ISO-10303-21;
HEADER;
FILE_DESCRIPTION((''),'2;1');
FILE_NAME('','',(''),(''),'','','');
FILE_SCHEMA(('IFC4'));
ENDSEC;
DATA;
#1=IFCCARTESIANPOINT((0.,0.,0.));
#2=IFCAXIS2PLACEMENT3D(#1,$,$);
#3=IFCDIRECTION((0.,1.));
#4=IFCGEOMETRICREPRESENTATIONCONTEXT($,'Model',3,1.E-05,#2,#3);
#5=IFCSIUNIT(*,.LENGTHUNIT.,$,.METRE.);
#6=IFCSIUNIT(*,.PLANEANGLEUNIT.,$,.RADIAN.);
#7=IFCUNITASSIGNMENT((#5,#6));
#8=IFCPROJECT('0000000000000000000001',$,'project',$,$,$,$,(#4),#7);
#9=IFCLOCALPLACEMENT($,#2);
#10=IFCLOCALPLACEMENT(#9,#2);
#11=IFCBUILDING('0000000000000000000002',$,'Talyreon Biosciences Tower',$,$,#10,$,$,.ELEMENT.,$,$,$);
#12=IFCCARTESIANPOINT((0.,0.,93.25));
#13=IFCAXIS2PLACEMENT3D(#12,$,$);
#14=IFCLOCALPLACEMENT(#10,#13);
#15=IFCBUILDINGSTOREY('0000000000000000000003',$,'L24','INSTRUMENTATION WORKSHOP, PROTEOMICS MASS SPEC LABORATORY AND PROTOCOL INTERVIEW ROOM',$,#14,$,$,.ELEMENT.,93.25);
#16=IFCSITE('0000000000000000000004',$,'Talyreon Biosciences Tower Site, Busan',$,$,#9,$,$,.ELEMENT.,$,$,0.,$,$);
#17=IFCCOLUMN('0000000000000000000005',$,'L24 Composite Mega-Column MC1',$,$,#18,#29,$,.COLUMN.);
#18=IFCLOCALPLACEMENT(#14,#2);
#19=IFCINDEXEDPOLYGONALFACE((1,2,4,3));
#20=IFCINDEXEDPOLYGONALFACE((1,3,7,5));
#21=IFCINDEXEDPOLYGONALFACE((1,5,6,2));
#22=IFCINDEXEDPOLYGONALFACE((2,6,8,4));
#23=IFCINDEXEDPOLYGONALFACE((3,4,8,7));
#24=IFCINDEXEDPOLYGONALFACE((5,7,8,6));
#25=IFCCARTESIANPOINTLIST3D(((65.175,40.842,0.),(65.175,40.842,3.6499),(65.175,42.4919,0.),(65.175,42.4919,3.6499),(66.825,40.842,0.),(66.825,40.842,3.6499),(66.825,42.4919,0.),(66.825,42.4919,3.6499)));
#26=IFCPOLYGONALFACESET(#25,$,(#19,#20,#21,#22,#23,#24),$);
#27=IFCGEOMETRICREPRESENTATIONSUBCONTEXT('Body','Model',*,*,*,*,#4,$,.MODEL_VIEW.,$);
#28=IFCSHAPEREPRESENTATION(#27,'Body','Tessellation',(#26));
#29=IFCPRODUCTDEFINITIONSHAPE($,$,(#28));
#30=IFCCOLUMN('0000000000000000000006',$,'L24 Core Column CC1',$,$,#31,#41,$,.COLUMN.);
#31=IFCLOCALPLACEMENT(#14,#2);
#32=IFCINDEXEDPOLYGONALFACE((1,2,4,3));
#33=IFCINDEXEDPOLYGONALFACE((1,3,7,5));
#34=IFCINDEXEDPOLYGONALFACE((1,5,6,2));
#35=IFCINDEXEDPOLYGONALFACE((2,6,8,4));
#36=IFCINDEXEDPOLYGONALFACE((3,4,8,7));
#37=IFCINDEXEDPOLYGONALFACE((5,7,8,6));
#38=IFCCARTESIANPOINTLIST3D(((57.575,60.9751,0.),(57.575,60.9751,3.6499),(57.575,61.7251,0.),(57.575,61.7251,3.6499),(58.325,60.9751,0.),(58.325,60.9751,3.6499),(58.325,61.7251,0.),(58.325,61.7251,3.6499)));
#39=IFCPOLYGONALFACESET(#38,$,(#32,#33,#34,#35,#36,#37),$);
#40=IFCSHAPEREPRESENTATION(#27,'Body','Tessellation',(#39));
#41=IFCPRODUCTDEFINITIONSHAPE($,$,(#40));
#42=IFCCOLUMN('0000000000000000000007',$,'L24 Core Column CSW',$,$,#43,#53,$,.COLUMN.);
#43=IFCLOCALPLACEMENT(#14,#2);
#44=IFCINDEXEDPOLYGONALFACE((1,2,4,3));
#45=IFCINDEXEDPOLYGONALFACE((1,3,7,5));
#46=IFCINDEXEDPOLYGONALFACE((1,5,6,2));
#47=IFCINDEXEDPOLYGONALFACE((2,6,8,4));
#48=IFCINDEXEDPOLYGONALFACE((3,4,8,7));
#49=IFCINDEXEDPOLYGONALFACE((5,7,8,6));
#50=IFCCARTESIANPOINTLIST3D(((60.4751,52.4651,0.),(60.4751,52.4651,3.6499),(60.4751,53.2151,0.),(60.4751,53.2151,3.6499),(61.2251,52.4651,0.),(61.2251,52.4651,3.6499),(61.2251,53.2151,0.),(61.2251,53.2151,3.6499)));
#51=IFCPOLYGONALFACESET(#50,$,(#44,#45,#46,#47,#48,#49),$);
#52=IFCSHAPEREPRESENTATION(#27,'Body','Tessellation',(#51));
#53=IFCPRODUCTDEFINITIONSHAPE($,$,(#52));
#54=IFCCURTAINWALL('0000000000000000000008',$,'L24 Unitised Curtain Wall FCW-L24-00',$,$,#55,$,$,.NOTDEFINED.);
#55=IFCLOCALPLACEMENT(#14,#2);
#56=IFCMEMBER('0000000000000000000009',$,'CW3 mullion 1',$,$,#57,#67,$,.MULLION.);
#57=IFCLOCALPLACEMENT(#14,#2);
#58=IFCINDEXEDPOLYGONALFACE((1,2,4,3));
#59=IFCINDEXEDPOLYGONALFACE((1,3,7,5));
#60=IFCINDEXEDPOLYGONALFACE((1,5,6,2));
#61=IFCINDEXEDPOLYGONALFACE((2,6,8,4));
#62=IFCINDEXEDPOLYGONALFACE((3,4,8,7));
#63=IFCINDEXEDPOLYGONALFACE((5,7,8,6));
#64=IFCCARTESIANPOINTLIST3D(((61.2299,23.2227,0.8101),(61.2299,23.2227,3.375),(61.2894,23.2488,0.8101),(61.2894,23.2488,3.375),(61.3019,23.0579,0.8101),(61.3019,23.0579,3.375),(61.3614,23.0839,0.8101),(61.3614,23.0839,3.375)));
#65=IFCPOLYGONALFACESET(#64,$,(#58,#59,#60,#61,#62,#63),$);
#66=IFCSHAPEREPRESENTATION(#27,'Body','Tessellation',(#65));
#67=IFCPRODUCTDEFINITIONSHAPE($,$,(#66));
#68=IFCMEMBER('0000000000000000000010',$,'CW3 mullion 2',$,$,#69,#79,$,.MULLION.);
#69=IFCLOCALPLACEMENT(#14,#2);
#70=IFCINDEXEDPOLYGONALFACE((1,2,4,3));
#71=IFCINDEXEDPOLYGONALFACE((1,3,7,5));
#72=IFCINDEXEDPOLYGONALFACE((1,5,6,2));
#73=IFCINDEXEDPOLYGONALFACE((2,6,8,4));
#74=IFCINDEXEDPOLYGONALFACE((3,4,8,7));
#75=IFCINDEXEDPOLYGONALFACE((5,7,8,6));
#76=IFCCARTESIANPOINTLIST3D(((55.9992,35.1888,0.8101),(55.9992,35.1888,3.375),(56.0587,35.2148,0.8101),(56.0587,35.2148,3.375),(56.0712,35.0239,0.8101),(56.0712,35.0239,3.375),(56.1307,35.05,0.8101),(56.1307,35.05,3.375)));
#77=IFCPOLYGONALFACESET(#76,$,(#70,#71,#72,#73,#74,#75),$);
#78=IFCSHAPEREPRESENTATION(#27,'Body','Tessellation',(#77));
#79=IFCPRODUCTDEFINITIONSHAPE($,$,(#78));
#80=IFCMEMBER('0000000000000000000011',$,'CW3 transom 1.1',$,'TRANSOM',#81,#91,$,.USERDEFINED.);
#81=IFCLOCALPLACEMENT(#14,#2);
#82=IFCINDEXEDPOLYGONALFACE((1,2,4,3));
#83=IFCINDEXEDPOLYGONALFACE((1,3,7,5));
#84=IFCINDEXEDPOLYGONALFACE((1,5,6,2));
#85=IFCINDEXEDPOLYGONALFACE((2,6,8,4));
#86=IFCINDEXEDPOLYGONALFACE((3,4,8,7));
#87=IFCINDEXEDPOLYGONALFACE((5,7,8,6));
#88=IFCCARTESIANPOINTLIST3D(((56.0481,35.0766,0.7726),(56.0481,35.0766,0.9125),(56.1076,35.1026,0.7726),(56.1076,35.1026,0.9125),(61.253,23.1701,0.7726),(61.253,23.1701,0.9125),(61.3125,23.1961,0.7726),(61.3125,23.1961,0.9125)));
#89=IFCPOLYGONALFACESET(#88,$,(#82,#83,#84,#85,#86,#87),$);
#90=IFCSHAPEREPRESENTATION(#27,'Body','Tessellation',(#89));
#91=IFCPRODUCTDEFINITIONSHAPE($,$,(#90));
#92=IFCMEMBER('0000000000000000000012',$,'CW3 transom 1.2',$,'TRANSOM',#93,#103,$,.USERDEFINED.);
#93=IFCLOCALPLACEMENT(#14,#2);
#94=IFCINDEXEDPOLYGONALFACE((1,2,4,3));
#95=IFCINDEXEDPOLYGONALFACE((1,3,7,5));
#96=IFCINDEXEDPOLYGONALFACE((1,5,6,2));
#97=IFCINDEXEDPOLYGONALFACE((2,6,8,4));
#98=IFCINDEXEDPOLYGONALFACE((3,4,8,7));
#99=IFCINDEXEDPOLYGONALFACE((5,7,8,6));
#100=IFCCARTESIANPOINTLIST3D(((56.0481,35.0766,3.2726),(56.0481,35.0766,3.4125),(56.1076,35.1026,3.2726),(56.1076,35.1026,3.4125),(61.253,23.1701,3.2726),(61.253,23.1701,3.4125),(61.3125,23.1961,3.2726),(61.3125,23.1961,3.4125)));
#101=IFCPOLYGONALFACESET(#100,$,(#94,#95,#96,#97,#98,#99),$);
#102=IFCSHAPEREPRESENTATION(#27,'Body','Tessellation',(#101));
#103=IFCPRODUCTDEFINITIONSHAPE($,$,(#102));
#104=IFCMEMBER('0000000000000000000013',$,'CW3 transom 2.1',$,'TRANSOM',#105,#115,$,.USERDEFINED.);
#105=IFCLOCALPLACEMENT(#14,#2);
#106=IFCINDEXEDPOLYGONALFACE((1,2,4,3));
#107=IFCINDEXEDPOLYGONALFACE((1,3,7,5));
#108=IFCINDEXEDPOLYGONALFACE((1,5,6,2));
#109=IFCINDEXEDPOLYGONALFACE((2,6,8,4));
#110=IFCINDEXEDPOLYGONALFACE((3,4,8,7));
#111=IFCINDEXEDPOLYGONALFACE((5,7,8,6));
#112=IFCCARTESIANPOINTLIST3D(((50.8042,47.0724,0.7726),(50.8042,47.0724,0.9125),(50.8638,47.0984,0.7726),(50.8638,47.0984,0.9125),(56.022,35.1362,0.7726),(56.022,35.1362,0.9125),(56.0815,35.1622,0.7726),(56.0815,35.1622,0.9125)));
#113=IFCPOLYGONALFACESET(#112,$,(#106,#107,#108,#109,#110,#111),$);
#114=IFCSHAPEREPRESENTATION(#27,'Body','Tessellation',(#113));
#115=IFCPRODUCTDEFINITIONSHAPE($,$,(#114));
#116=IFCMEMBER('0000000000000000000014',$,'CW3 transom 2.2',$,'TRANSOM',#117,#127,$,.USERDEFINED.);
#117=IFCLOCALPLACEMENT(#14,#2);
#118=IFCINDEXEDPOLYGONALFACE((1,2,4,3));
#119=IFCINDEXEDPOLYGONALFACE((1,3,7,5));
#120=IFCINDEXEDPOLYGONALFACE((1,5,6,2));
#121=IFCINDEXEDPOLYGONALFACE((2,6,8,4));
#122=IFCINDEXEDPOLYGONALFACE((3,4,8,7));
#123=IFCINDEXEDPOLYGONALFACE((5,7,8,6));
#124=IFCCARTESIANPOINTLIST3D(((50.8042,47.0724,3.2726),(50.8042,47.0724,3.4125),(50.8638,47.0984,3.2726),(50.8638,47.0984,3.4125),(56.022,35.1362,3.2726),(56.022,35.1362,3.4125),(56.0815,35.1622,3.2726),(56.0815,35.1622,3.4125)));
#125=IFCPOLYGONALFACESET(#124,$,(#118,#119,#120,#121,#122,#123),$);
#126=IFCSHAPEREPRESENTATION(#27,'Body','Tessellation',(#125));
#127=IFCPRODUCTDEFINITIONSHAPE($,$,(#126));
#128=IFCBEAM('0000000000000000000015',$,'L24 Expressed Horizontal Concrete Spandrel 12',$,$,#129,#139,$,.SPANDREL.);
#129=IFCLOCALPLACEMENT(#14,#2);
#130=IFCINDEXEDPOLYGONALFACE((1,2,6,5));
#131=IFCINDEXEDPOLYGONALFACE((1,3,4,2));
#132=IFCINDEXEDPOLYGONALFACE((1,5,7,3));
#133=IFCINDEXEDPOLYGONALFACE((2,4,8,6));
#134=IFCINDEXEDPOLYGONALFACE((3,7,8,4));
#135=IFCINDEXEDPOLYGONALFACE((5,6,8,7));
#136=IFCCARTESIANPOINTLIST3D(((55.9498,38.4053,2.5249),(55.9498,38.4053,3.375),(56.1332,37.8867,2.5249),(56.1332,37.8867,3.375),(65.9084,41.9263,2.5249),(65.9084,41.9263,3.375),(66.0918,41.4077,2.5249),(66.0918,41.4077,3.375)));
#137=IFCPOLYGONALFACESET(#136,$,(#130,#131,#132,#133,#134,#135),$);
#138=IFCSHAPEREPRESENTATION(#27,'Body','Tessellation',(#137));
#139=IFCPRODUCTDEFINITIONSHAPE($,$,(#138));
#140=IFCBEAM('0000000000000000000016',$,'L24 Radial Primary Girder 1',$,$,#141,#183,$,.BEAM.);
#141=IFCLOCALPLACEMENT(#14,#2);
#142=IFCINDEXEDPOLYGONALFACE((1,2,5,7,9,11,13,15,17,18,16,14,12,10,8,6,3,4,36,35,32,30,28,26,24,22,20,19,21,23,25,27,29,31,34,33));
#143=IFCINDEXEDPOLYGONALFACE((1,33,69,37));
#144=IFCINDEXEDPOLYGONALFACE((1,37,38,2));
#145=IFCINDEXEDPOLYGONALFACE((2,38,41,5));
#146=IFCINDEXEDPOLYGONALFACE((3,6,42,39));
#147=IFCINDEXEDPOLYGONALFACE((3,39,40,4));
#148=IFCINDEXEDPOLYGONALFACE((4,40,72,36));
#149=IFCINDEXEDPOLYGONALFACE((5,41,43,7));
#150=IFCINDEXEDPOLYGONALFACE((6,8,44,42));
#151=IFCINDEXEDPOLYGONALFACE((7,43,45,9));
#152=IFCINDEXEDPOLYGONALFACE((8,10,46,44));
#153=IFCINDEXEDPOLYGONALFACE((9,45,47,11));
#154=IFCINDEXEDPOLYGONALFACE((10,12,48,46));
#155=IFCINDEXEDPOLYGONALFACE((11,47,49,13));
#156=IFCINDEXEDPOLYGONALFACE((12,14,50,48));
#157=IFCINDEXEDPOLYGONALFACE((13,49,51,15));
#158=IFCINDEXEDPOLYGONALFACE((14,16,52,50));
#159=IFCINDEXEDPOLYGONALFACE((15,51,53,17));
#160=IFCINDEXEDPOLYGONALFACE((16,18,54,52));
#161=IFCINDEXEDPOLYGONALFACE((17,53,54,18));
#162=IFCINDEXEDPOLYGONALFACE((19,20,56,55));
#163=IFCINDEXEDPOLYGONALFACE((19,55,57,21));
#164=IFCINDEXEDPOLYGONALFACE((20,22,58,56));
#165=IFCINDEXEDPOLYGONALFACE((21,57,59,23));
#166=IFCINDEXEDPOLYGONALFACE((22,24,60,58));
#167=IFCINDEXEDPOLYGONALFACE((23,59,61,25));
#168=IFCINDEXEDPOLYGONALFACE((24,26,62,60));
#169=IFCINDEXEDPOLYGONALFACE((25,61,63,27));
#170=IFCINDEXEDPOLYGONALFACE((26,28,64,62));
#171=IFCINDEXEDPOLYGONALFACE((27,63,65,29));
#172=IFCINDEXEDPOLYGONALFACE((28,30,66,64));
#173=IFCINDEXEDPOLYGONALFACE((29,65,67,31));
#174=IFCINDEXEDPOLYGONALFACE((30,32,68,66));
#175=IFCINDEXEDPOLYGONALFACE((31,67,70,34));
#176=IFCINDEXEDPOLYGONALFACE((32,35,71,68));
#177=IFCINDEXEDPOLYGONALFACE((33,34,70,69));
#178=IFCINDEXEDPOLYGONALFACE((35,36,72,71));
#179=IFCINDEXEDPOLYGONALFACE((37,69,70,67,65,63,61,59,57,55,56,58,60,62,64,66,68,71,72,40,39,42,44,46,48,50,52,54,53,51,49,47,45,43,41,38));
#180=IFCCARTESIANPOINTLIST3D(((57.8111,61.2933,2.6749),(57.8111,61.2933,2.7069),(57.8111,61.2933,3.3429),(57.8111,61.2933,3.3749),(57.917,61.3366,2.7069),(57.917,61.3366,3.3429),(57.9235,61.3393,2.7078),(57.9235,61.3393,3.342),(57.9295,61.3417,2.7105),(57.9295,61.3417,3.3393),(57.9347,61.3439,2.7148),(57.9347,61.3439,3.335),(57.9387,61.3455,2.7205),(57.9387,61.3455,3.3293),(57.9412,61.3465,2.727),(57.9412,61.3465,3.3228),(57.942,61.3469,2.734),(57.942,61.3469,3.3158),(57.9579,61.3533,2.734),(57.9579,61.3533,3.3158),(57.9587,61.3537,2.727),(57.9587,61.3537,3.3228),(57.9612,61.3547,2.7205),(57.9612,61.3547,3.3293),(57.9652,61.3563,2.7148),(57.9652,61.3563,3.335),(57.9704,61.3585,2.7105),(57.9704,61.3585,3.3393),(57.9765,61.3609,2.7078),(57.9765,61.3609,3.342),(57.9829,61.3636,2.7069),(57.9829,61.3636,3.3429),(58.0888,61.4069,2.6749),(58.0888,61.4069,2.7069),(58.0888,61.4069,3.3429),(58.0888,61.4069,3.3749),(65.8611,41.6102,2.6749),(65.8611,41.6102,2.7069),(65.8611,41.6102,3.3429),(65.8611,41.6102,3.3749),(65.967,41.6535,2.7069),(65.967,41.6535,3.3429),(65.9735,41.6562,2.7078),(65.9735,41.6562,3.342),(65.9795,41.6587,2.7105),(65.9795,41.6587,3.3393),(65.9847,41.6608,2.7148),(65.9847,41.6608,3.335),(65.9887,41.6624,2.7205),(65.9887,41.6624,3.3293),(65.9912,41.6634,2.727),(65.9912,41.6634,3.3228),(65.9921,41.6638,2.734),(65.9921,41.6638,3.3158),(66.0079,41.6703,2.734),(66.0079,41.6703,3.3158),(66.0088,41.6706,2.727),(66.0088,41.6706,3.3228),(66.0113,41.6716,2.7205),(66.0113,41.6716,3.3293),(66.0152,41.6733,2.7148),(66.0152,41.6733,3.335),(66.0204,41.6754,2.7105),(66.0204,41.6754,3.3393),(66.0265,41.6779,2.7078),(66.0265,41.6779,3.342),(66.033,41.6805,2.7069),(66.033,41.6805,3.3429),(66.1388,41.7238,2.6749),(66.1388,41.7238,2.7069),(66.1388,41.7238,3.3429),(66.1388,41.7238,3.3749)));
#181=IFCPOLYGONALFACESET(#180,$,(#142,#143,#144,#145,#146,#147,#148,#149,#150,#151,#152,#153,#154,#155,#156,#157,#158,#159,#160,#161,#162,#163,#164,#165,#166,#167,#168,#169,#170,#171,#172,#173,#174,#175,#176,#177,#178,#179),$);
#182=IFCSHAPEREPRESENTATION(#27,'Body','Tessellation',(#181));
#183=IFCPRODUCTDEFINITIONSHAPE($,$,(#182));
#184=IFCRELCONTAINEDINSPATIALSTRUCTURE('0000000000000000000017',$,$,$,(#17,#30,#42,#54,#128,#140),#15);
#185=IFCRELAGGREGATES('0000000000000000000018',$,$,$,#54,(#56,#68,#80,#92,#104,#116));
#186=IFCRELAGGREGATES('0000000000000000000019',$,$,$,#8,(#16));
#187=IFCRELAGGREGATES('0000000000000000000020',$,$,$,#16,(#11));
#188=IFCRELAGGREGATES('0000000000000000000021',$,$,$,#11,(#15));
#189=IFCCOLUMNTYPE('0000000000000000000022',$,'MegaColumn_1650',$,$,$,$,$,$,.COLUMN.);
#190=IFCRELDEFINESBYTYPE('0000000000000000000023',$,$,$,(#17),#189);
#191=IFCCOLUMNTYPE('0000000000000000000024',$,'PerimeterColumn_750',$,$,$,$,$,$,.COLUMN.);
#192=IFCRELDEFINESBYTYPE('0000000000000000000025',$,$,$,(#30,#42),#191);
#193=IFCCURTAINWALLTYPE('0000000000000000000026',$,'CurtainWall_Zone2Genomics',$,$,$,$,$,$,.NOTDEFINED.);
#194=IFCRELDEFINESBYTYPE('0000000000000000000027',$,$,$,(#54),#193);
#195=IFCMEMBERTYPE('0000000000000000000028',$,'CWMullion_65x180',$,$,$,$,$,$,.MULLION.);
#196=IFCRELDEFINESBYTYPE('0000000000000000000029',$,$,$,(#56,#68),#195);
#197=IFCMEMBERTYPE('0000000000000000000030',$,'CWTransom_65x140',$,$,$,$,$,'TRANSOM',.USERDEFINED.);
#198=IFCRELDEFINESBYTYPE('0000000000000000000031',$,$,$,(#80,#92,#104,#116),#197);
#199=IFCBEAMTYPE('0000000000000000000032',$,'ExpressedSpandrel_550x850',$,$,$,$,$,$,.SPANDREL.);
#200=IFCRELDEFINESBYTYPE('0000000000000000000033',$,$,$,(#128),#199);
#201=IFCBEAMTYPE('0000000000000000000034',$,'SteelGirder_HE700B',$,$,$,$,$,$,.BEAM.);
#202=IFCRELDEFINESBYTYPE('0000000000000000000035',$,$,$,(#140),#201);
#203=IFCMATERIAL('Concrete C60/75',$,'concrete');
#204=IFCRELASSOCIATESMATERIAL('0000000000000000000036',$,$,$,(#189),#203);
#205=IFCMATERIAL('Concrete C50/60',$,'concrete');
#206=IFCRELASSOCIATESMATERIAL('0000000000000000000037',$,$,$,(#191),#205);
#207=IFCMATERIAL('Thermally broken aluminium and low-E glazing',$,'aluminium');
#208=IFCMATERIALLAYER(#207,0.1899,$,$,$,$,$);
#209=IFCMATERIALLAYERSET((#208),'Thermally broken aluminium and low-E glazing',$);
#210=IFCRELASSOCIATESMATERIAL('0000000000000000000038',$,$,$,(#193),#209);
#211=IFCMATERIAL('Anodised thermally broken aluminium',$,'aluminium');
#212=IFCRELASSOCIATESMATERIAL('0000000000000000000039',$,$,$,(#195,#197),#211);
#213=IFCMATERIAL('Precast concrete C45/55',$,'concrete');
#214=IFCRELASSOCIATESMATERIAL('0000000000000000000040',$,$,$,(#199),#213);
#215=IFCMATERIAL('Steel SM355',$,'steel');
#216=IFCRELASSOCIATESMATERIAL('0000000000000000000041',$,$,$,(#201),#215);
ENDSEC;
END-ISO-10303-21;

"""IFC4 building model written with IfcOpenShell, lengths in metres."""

from ifc_helpers import new_model, si_unit, direction, frame, origin, origin_2d, place, context, subcontext, project, spatial, rectangle, i_section, extrude, material, layer, layer_set, material_profile, profile_set, type_object, element, aggregate, save


model = new_model("IFC4")

# Units and contexts
model_context = context("Model", 3, precision=1e-05, world=origin(), true_north=direction((0.0, 1.0)))
body_context = subcontext(model_context, "Body", "Model", "MODEL_VIEW")
ifc_project = project(units=[si_unit("LENGTHUNIT", "METRE"), si_unit("PLANEANGLEUNIT", "RADIAN")], contexts=[model_context])

# Site, building, storey
site_placement = place(None, origin())
site = spatial("IfcSite", under=ifc_project, at=site_placement, Name="Talyreon Biosciences Tower Site, Busan", CompositionType="ELEMENT", RefElevation=0.0)
building_placement = place(site_placement, origin())
building = spatial("IfcBuilding", under=site, at=building_placement, Name="Talyreon Biosciences Tower", CompositionType="ELEMENT")
storey_placement = place(building_placement, frame((0.0, 0.0, 93.25)))
storey = spatial("IfcBuildingStorey", under=building, at=storey_placement, Name="L24", Description="INSTRUMENTATION WORKSHOP, PROTEOMICS MASS SPEC LABORATORY AND PROTOCOL INTERVIEW ROOM", CompositionType="ELEMENT", Elevation=93.25)

# Columns
ifc_material_1 = material(Name="Concrete C60/75", Category="concrete")
ifc_material_profile_1 = material_profile(ifc_material_1, rectangle(XDim=1.6499, YDim=1.6499, at=origin_2d()), Name="RC 1650x1650")
ifc_profile_set_1 = profile_set([ifc_material_profile_1], Name="Concrete C60/75")
column_type_1 = type_object("IfcColumnType", Name="MegaColumn_1650", PredefinedType="COLUMN", material=ifc_profile_set_1)
column_placement = place(storey_placement, frame((66.0, 41.667, 0.0), z_axis=(0.0, 0.0, 1.0), x_axis=(1.0, 0.0, 0.0)))
element("IfcColumn", 1, at=column_placement, inside=storey, type_object=column_type_1, Name="L24 Composite Mega-Column MC1", PredefinedType="COLUMN", context=body_context, shape_type="SweptSolid", body=[
    extrude(rectangle(XDim=1.6499, YDim=1.6499, at=origin_2d()), origin(), (0.0, 0.0, 1.0), 3.6499),
])
ifc_material_2 = material(Name="Concrete C50/60", Category="concrete")
ifc_material_profile_2 = material_profile(ifc_material_2, rectangle(XDim=0.75, YDim=0.75, at=origin_2d()), Name="RC 750x750")
ifc_profile_set_2 = profile_set([ifc_material_profile_2], Name="Concrete C50/60")
column_type_2 = type_object("IfcColumnType", Name="PerimeterColumn_750", PredefinedType="COLUMN", material=ifc_profile_set_2)
for number, where, z_axis, x_axis, name in (
    (2, (57.95, 61.3501, 0.0), (0.0, 0.0, 1.0), (1.0, 0.0, 0.0), "L24 Core Column CC1"),
    (3, (60.8501, 52.8401, 0.0), (0.0, 0.0, 1.0), (1.0, 0.0, 0.0), "L24 Core Column CSW"),
):
    element("IfcColumn", number, at=place(storey_placement, frame(where, z_axis=z_axis, x_axis=x_axis)), inside=storey, type_object=column_type_2, Name=name, PredefinedType="COLUMN", context=body_context, shape_type="SweptSolid", body=[
        extrude(rectangle(XDim=0.75, YDim=0.75, at=origin_2d()), origin(), (0.0, 0.0, 1.0), 3.6499),
    ])

# Curtain wall, members
ifc_material_3 = material(Name="Thermally broken aluminium and low-E glazing", Category="aluminium")
ifc_layer_1 = layer(ifc_material_3, 0.1899)
ifc_layer_set_1 = layer_set([ifc_layer_1], Name="Thermally broken aluminium and low-E glazing")
curtain_wall_type = type_object("IfcCurtainWallType", Name="CurtainWall_Zone2Genomics", PredefinedType="NOTDEFINED", material=ifc_layer_set_1)
curtain_wall_placement = place(storey_placement, origin())
curtain_wall = element("IfcCurtainWall", 4, at=curtain_wall_placement, inside=storey, type_object=curtain_wall_type, Name="L24 Unitised Curtain Wall FCW-L24-00", PredefinedType="NOTDEFINED")
ifc_material_4 = material(Name="Anodised thermally broken aluminium", Category="aluminium")
ifc_material_profile_3 = material_profile(ifc_material_4, rectangle(XDim=0.0649, YDim=0.1799, at=origin_2d()), Name="ALUM MULLION 65x180")
ifc_profile_set_3 = profile_set([ifc_material_profile_3], Name="Anodised thermally broken aluminium")
member_type_1 = type_object("IfcMemberType", Name="CWMullion_65x180", PredefinedType="MULLION", material=ifc_profile_set_3)
member_1_placement = place(storey_placement, frame((61.2957, 23.1533, 0.8101), z_axis=(0.0, 0.0, 1.0), x_axis=(-0.916278, -0.400542, 0.0)))
member_1 = element("IfcMember", 5, at=member_1_placement, type_object=member_type_1, Name="CW3 mullion 1", PredefinedType="MULLION", context=body_context, shape_type="SweptSolid", body=[
    extrude(rectangle(XDim=0.0649, YDim=0.1799, at=origin_2d()), origin(), (0.0, 0.0, 1.0), 2.5649),
])
member_2_placement = place(storey_placement, frame((56.0649, 35.1194, 0.8101), z_axis=(0.0, 0.0, 1.0), x_axis=(-0.916278, -0.400542, 0.0)))
member_2 = element("IfcMember", 6, at=member_2_placement, type_object=member_type_1, Name="CW3 mullion 2", PredefinedType="MULLION", context=body_context, shape_type="SweptSolid", body=[
    extrude(rectangle(XDim=0.0649, YDim=0.1799, at=origin_2d()), origin(), (0.0, 0.0, 1.0), 2.5649),
])
ifc_material_profile_4 = material_profile(ifc_material_4, rectangle(XDim=0.0649, YDim=0.1399, at=origin_2d()), Name="ALUM TRANSOM 65x140")
ifc_profile_set_4 = profile_set([ifc_material_profile_4], Name="Anodised thermally broken aluminium")
member_type_2 = type_object("IfcMemberType", Name="CWTransom_65x140", ElementType="TRANSOM", PredefinedType="USERDEFINED", material=ifc_profile_set_4)
member_3_placement = place(storey_placement, frame((61.2827, 23.1831, 0.8425), z_axis=(-0.400544, 0.916278, 0.0), x_axis=(-0.916278, -0.400544, 0.0)))
member_3 = element("IfcMember", 7, at=member_3_placement, type_object=member_type_2, Name="CW3 transom 1.1", ObjectType="TRANSOM", PredefinedType="USERDEFINED", context=body_context, shape_type="SweptSolid", body=[
    extrude(rectangle(XDim=0.0649, YDim=0.1399, at=origin_2d()), origin(), (0.0, 0.0, 1.0), 12.9944),
])
member_4_placement = place(storey_placement, frame((61.2827, 23.1831, 3.3425), z_axis=(-0.400544, 0.916278, 0.0), x_axis=(-0.916278, -0.400544, 0.0)))
member_4 = element("IfcMember", 8, at=member_4_placement, type_object=member_type_2, Name="CW3 transom 1.2", ObjectType="TRANSOM", PredefinedType="USERDEFINED", context=body_context, shape_type="SweptSolid", body=[
    extrude(rectangle(XDim=0.0649, YDim=0.1399, at=origin_2d()), origin(), (0.0, 0.0, 1.0), 12.9944),
])
member_5_placement = place(storey_placement, frame((56.0518, 35.1492, 0.8425), z_axis=(-0.400539, 0.91628, 0.0), x_axis=(-0.91628, -0.400539, 0.0)))
member_5 = element("IfcMember", 9, at=member_5_placement, type_object=member_type_2, Name="CW3 transom 2.1", ObjectType="TRANSOM", PredefinedType="USERDEFINED", context=body_context, shape_type="SweptSolid", body=[
    extrude(rectangle(XDim=0.0649, YDim=0.1399, at=origin_2d()), origin(), (0.0, 0.0, 1.0), 13.0269),
])
member_6_placement = place(storey_placement, frame((56.0518, 35.1492, 3.3425), z_axis=(-0.400539, 0.91628, 0.0), x_axis=(-0.91628, -0.400539, 0.0)))
member_6 = element("IfcMember", 10, at=member_6_placement, type_object=member_type_2, Name="CW3 transom 2.2", ObjectType="TRANSOM", PredefinedType="USERDEFINED", context=body_context, shape_type="SweptSolid", body=[
    extrude(rectangle(XDim=0.0649, YDim=0.1399, at=origin_2d()), origin(), (0.0, 0.0, 1.0), 13.0269),
])

# Beams
ifc_material_5 = material(Name="Precast concrete C45/55", Category="concrete")
ifc_material_profile_5 = material_profile(ifc_material_5, rectangle(XDim=0.55, YDim=0.8501, at=origin_2d()), Name="RCB 550x850")
ifc_profile_set_5 = profile_set([ifc_material_profile_5], Name="Precast concrete C45/55")
beam_type_1 = type_object("IfcBeamType", Name="ExpressedSpandrel_550x850", PredefinedType="SPANDREL", material=ifc_profile_set_5)
beam_1_placement = place(storey_placement, frame((56.0415, 38.146, 2.95), z_axis=(0.942805, 0.333345, 0.0), x_axis=(-0.333345, 0.942805, 0.0)))
element("IfcBeam", 11, at=beam_1_placement, inside=storey, type_object=beam_type_1, Name="L24 Expressed Horizontal Concrete Spandrel 12", PredefinedType="SPANDREL", context=body_context, shape_type="SweptSolid", body=[
    extrude(rectangle(XDim=0.55, YDim=0.8501, at=origin_2d()), origin(), (0.0, 0.0, 1.0), 10.5627),
])
ifc_material_6 = material(Name="Steel SM355", Category="steel")
ifc_material_profile_6 = material_profile(ifc_material_6, i_section(OverallWidth=0.3, OverallDepth=0.7, WebThickness=0.0171, FlangeThickness=0.032, FilletRadius=0.0271, at=origin_2d()), Name="HE700B")
ifc_profile_set_6 = profile_set([ifc_material_profile_6], Name="Steel SM355")
beam_type_2 = type_object("IfcBeamType", Name="SteelGirder_HE700B", PredefinedType="BEAM", material=ifc_profile_set_6)
beam_2_placement = place(storey_placement, frame((57.95, 61.3501, 3.0249), z_axis=(0.378547, -0.925582, 0.0), x_axis=(0.925582, 0.378547, 0.0)))
element("IfcBeam", 12, at=beam_2_placement, inside=storey, type_object=beam_type_2, Name="L24 Radial Primary Girder 1", PredefinedType="BEAM", context=body_context, shape_type="SweptSolid", body=[
    extrude(i_section(OverallWidth=0.3, OverallDepth=0.7, WebThickness=0.0171, FlangeThickness=0.032, FilletRadius=0.0271, at=origin_2d()), origin(), (0.0, 0.0, 1.0), 21.2656),
])

aggregate(curtain_wall, [member_1, member_2, member_3, member_4, member_5, member_6])

save(model, "model.ifc")
